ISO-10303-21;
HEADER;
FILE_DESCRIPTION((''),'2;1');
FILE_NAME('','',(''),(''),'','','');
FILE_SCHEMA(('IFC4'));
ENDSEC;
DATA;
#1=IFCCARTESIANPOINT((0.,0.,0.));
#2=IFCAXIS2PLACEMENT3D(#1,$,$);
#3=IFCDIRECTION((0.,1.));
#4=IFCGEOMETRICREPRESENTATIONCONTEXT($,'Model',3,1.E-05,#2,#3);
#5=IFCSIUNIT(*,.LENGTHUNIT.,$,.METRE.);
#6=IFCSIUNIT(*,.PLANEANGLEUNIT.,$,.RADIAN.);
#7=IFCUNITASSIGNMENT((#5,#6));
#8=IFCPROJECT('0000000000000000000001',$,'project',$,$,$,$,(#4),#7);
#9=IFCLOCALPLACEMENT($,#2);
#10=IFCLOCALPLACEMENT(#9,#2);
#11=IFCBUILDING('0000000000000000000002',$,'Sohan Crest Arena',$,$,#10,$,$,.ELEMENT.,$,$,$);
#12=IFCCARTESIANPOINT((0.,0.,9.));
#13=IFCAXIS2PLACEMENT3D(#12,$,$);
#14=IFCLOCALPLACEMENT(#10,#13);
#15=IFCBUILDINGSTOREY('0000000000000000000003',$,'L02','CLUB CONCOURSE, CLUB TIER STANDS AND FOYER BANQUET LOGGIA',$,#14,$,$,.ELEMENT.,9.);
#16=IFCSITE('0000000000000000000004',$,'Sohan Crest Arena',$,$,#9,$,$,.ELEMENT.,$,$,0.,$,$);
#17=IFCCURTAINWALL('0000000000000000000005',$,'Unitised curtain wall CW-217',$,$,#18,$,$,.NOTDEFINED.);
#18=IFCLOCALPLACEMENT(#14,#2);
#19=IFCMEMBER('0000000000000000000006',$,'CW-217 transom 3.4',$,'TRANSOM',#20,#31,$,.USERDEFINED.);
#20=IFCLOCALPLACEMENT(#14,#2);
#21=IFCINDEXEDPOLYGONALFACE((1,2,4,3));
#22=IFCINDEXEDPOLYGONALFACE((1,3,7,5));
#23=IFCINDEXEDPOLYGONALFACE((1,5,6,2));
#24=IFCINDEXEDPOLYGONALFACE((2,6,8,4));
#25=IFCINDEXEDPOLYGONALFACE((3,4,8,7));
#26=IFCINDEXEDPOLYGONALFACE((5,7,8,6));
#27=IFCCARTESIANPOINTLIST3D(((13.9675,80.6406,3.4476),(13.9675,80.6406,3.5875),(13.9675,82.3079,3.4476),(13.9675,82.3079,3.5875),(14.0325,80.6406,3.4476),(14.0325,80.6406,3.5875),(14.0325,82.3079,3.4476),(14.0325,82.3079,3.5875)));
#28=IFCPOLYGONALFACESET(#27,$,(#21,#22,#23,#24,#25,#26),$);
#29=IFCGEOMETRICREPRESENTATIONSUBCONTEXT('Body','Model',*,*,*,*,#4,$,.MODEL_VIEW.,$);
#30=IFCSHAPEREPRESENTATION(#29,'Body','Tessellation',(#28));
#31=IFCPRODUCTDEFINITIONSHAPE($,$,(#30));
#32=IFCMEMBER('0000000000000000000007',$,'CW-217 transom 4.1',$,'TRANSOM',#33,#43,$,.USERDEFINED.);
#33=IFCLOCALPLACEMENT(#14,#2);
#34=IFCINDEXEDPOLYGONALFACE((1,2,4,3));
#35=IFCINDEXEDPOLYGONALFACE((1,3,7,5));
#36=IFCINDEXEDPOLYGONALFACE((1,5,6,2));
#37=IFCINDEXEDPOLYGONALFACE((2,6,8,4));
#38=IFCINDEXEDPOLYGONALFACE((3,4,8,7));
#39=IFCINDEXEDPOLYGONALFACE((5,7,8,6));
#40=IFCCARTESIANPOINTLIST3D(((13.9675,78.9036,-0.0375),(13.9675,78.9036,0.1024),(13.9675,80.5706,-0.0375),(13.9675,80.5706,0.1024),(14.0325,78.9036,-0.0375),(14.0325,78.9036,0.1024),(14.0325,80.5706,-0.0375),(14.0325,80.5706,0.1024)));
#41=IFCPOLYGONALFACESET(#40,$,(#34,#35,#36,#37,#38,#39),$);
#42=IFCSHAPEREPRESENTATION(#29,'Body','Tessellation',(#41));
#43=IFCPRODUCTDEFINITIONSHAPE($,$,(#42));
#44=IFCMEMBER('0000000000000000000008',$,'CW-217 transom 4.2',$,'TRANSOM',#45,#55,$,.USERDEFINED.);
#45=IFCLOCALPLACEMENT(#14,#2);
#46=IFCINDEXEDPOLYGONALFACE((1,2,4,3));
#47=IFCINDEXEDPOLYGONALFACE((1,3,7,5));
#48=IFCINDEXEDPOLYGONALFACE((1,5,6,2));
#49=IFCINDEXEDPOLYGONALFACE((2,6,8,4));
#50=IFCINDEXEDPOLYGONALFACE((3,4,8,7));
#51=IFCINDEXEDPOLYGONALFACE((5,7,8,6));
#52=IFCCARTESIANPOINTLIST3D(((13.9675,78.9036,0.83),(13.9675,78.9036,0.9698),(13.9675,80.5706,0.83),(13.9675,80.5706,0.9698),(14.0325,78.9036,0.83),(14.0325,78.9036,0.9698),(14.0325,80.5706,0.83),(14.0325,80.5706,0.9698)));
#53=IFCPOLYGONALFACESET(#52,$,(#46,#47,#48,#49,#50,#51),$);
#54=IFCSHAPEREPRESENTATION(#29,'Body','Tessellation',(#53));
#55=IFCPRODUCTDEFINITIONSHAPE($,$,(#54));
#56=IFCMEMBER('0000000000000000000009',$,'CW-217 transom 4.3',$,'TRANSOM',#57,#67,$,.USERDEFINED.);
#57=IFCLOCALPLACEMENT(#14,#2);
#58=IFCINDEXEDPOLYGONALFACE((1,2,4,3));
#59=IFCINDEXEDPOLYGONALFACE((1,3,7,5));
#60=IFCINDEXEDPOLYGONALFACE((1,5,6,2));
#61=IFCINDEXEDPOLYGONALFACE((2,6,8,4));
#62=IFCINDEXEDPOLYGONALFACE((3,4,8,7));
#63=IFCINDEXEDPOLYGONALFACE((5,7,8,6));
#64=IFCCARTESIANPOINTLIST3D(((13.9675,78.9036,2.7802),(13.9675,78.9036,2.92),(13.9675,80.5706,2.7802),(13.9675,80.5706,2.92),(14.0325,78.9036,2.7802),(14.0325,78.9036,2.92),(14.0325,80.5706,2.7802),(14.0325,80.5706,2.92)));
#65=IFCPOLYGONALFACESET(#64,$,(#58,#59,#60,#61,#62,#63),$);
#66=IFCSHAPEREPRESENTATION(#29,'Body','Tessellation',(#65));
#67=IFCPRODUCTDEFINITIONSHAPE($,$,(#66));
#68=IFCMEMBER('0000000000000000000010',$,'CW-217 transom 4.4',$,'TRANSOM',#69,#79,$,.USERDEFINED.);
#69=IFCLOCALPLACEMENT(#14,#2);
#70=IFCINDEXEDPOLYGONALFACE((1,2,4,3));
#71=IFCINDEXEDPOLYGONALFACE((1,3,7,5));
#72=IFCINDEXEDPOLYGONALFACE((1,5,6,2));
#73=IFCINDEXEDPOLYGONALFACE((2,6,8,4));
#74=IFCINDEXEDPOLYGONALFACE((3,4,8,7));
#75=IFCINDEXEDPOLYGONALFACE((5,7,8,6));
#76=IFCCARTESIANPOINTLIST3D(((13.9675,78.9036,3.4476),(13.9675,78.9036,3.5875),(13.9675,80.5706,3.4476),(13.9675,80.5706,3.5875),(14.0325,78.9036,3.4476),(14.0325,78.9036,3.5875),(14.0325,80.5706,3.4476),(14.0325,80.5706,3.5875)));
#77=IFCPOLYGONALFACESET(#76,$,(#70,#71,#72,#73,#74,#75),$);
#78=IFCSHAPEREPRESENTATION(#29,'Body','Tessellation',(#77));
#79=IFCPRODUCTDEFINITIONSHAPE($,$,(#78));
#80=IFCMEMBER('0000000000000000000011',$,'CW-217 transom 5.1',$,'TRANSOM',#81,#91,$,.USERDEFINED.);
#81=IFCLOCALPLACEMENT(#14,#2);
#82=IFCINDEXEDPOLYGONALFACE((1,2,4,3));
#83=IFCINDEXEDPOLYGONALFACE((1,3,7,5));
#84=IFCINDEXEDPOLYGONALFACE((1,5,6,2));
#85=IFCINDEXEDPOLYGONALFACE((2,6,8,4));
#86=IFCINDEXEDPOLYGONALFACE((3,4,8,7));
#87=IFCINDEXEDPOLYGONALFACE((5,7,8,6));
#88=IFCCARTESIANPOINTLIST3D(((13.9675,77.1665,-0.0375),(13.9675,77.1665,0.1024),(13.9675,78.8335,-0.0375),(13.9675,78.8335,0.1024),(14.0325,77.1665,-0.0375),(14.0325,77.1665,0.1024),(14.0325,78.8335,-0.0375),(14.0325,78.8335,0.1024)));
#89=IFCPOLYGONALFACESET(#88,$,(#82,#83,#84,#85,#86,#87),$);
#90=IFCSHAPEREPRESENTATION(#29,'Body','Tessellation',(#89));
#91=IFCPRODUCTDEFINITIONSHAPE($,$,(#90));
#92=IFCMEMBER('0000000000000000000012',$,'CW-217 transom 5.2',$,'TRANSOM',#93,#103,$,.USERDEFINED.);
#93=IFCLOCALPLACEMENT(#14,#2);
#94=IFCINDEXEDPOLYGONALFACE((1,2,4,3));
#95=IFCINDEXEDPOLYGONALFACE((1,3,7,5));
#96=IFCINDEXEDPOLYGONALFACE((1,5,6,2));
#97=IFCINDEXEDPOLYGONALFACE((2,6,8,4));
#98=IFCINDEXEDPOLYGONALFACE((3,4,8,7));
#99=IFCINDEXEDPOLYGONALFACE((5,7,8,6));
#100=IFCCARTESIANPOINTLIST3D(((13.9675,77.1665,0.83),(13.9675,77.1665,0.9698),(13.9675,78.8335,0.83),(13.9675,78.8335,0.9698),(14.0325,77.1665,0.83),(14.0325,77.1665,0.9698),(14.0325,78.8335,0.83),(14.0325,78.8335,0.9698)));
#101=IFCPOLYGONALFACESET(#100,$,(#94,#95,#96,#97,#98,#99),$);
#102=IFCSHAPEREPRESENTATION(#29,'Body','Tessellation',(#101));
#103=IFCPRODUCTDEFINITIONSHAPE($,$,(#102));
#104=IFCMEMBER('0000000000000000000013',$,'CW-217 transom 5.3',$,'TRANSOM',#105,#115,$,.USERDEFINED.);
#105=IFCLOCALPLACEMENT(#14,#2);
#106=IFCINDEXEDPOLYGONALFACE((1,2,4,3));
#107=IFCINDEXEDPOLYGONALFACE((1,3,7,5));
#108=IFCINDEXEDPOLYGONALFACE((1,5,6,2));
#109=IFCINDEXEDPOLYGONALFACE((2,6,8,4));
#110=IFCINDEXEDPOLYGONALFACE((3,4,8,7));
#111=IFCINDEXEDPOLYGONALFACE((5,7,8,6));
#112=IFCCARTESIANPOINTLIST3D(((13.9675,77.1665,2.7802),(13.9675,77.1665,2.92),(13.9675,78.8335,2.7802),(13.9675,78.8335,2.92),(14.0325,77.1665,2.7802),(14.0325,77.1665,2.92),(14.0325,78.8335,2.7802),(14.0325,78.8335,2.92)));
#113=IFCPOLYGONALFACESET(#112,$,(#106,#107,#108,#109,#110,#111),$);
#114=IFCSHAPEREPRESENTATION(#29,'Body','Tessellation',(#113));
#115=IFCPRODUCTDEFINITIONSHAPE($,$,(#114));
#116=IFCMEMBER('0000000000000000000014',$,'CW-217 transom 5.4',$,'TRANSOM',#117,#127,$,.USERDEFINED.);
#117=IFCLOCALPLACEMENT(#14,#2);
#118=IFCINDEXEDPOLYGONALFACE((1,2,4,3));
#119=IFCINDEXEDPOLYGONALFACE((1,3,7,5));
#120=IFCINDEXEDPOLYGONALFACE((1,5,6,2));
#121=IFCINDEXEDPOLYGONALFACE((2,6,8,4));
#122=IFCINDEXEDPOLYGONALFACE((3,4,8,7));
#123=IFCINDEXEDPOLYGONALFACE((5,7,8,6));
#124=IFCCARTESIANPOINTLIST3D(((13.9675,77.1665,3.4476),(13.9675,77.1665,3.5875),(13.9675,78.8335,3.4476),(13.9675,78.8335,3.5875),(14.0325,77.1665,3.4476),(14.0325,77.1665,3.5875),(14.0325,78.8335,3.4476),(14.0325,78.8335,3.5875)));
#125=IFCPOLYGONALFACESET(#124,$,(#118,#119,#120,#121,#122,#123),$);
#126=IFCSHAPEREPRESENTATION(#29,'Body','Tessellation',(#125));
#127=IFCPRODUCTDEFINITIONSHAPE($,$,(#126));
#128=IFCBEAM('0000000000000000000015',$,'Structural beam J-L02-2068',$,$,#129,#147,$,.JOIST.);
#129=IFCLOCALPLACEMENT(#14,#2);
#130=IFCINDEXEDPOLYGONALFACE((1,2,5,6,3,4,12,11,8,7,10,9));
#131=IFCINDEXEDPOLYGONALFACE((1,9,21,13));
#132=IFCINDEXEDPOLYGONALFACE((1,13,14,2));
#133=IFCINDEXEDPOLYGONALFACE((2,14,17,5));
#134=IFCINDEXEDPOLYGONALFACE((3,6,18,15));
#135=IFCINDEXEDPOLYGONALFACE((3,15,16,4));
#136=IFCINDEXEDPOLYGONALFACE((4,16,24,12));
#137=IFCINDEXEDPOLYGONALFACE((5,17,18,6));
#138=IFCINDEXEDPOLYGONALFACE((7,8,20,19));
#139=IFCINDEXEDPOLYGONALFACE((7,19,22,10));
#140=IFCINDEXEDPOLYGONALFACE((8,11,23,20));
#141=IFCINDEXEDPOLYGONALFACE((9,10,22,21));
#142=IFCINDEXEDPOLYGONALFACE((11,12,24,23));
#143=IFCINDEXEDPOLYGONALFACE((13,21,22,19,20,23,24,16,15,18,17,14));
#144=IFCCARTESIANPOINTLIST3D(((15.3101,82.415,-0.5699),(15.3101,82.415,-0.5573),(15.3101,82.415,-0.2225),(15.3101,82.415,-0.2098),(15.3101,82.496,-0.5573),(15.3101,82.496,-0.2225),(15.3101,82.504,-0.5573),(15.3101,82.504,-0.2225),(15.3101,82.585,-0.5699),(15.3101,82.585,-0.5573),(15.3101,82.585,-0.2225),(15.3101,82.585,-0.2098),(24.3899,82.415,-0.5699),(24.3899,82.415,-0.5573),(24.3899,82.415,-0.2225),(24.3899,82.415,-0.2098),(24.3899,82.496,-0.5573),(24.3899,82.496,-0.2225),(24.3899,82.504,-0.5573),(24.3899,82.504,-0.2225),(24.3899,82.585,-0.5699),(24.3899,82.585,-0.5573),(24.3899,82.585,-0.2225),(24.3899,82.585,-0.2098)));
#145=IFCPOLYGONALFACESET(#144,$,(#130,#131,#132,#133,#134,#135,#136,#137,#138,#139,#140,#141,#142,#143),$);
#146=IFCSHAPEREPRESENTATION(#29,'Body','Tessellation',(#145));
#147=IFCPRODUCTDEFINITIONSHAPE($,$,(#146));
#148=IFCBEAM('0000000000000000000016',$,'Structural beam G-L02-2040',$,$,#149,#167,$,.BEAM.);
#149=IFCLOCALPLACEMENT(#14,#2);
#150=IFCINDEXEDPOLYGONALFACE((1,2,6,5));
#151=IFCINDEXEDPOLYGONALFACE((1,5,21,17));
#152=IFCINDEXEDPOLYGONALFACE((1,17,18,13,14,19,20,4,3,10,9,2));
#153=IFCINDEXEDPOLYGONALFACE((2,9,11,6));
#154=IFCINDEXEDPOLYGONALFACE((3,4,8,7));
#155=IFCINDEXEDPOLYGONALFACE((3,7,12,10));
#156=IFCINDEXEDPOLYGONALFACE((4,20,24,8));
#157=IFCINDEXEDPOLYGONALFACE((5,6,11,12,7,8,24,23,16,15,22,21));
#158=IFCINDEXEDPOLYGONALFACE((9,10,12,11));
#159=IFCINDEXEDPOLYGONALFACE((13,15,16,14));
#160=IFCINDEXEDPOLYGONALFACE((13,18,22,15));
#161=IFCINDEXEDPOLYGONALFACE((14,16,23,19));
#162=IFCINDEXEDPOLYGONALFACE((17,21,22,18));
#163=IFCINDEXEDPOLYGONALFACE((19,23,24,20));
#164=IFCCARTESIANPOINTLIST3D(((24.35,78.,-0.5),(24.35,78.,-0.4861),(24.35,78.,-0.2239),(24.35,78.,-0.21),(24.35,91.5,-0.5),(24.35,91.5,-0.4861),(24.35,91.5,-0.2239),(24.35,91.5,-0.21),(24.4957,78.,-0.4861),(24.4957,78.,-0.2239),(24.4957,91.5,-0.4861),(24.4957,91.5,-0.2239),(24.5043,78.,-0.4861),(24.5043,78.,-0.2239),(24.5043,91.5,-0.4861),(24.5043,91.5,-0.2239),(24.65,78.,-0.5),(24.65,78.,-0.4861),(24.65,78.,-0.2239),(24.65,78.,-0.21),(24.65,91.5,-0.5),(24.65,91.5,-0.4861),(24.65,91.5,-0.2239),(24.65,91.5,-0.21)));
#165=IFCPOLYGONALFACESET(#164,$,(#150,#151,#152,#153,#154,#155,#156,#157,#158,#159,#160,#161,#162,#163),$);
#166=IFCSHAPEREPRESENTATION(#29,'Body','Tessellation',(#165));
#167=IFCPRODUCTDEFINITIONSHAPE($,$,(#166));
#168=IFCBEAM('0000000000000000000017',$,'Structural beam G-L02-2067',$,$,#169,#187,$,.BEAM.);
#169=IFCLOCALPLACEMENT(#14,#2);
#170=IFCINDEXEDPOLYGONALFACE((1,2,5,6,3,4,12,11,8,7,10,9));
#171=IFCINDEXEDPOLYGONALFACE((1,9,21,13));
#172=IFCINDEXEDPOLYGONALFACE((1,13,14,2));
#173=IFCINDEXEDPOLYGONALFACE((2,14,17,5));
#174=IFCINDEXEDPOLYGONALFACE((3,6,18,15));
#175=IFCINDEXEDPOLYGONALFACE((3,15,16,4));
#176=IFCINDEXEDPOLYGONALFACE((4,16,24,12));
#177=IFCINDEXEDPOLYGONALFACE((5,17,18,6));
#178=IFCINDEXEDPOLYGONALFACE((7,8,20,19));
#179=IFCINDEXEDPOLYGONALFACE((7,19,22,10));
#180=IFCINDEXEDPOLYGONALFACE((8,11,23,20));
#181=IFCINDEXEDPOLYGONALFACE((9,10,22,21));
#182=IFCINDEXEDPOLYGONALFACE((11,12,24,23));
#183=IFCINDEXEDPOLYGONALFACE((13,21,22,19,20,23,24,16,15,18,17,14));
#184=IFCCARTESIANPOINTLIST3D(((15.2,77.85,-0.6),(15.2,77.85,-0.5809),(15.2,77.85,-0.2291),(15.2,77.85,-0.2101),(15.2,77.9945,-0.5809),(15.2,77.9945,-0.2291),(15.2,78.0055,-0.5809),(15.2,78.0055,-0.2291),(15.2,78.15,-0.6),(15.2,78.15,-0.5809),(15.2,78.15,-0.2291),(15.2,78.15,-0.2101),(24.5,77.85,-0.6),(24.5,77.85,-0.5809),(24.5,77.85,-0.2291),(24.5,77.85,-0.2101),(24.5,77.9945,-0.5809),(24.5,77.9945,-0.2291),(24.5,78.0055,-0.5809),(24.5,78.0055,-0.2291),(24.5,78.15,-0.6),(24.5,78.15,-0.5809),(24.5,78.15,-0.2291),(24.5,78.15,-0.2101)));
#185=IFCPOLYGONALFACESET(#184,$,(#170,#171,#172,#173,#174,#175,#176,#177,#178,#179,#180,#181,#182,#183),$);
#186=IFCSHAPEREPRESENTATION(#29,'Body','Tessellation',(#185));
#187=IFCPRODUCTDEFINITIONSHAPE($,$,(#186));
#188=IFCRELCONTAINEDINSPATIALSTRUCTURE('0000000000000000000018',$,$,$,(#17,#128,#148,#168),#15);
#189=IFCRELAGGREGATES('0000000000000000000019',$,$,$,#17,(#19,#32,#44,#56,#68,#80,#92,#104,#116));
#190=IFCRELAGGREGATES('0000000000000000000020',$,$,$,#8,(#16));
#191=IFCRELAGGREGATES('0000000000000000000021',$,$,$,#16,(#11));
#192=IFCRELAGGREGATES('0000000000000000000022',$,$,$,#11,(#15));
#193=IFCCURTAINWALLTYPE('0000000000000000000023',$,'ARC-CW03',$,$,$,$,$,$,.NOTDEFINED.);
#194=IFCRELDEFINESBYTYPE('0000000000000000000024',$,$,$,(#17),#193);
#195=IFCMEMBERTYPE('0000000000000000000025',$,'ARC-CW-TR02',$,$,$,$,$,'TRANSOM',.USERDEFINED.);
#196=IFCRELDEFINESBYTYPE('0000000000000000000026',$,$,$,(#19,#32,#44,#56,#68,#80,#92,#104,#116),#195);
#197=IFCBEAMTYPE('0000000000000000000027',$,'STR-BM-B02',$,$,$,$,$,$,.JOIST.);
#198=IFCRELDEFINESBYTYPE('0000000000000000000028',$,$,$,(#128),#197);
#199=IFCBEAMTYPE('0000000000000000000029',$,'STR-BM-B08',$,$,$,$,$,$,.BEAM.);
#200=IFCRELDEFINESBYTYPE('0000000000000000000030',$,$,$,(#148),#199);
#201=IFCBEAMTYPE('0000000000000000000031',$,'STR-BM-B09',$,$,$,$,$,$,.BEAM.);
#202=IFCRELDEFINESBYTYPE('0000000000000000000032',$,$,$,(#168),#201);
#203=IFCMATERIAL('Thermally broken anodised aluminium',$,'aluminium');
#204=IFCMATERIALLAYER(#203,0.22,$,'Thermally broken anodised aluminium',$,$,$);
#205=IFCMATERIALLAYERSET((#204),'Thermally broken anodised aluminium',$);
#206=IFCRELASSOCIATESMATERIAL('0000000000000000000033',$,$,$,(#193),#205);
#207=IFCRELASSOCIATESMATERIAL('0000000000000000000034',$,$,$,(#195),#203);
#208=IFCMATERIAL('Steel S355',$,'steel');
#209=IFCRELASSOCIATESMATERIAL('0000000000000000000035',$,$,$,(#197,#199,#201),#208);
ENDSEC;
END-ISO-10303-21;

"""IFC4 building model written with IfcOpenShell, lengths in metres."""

from ifc_helpers import new_model, si_unit, direction, frame, origin, origin_2d, place, context, subcontext, project, spatial, rectangle, i_section, extrude, material, layer, layer_set, material_profile, profile_set, type_object, element, aggregate, save


model = new_model("IFC4")

# Units and contexts
model_context = context("Model", 3, precision=1e-05, world=origin(), true_north=direction((0.0, 1.0)))
body_context = subcontext(model_context, "Body", "Model", "MODEL_VIEW")
ifc_project = project(units=[si_unit("LENGTHUNIT", "METRE"), si_unit("PLANEANGLEUNIT", "RADIAN")], contexts=[model_context])

# Site, building, storey
site_placement = place(None, origin())
site = spatial("IfcSite", under=ifc_project, at=site_placement, Name="Sohan Crest Arena", CompositionType="ELEMENT", RefElevation=0.0)
building_placement = place(site_placement, origin())
building = spatial("IfcBuilding", under=site, at=building_placement, Name="Sohan Crest Arena", CompositionType="ELEMENT")
storey_placement = place(building_placement, frame((0.0, 0.0, 9.0)))
storey = spatial("IfcBuildingStorey", under=building, at=storey_placement, Name="L02", Description="CLUB CONCOURSE, CLUB TIER STANDS AND FOYER BANQUET LOGGIA", CompositionType="ELEMENT", Elevation=9.0)

# Curtain wall, members
ifc_material_1 = material(Name="Thermally broken anodised aluminium", Category="aluminium")
ifc_layer_1 = layer(ifc_material_1, 0.22, Name="Thermally broken anodised aluminium")
ifc_layer_set_1 = layer_set([ifc_layer_1], Name="Thermally broken anodised aluminium")
curtain_wall_type = type_object("IfcCurtainWallType", Name="ARC-CW03", PredefinedType="NOTDEFINED", material=ifc_layer_set_1)
curtain_wall_placement = place(storey_placement, origin())
curtain_wall = element("IfcCurtainWall", 1, at=curtain_wall_placement, inside=storey, type_object=curtain_wall_type, Name="Unitised curtain wall CW-217", PredefinedType="NOTDEFINED")
ifc_material_profile_1 = material_profile(ifc_material_1, rectangle(XDim=0.0649, YDim=0.1399, at=origin_2d()), Name="ALU-TRAN 65x140")
ifc_profile_set_1 = profile_set([ifc_material_profile_1], Name="Thermally broken anodised aluminium")
member_type_1 = type_object("IfcMemberType", Name="ARC-CW-TR02", ElementType="TRANSOM", PredefinedType="USERDEFINED", material=ifc_profile_set_1)
member_1_placement = place(storey_placement, frame((14.0, 82.3079, 3.5176), z_axis=(0.0, -1.0, 0.0), x_axis=(1.0, 0.0, 0.0)))
member_1 = element("IfcMember", 2, at=member_1_placement, type_object=member_type_1, Name="CW-217 transom 3.4", ObjectType="TRANSOM", PredefinedType="USERDEFINED", context=body_context, shape_type="SweptSolid", body=[
    extrude(rectangle(XDim=0.0649, YDim=0.1399, at=origin_2d()), origin(), (0.0, 0.0, 1.0), 1.6672),
])
member_2_placement = place(storey_placement, frame((14.0, 80.5706, 0.0325), z_axis=(0.0, -1.0, 0.0), x_axis=(1.0, 0.0, 0.0)))
member_2 = element("IfcMember", 3, at=member_2_placement, type_object=member_type_1, Name="CW-217 transom 4.1", ObjectType="TRANSOM", PredefinedType="USERDEFINED", context=body_context, shape_type="SweptSolid", body=[
    extrude(rectangle(XDim=0.0649, YDim=0.1399, at=origin_2d()), origin(), (0.0, 0.0, 1.0), 1.667),
])
member_3_placement = place(storey_placement, frame((14.0, 80.5706, 0.8999), z_axis=(0.0, -1.0, 0.0), x_axis=(1.0, 0.0, 0.0)))
member_3 = element("IfcMember", 4, at=member_3_placement, type_object=member_type_1, Name="CW-217 transom 4.2", ObjectType="TRANSOM", PredefinedType="USERDEFINED", context=body_context, shape_type="SweptSolid", body=[
    extrude(rectangle(XDim=0.0649, YDim=0.1399, at=origin_2d()), origin(), (0.0, 0.0, 1.0), 1.667),
])
member_4_placement = place(storey_placement, frame((14.0, 80.5706, 2.8501), z_axis=(0.0, -1.0, 0.0), x_axis=(1.0, 0.0, 0.0)))
member_4 = element("IfcMember", 5, at=member_4_placement, type_object=member_type_1, Name="CW-217 transom 4.3", ObjectType="TRANSOM", PredefinedType="USERDEFINED", context=body_context, shape_type="SweptSolid", body=[
    extrude(rectangle(XDim=0.0649, YDim=0.1399, at=origin_2d()), origin(), (0.0, 0.0, 1.0), 1.667),
])
member_5_placement = place(storey_placement, frame((14.0, 80.5706, 3.5176), z_axis=(0.0, -1.0, 0.0), x_axis=(1.0, 0.0, 0.0)))
member_5 = element("IfcMember", 6, at=member_5_placement, type_object=member_type_1, Name="CW-217 transom 4.4", ObjectType="TRANSOM", PredefinedType="USERDEFINED", context=body_context, shape_type="SweptSolid", body=[
    extrude(rectangle(XDim=0.0649, YDim=0.1399, at=origin_2d()), origin(), (0.0, 0.0, 1.0), 1.667),
])
member_6_placement = place(storey_placement, frame((14.0, 78.8335, 0.0325), z_axis=(0.0, -1.0, 0.0), x_axis=(1.0, 0.0, 0.0)))
member_6 = element("IfcMember", 7, at=member_6_placement, type_object=member_type_1, Name="CW-217 transom 5.1", ObjectType="TRANSOM", PredefinedType="USERDEFINED", context=body_context, shape_type="SweptSolid", body=[
    extrude(rectangle(XDim=0.0649, YDim=0.1399, at=origin_2d()), origin(), (0.0, 0.0, 1.0), 1.667),
])
member_7_placement = place(storey_placement, frame((14.0, 78.8335, 0.8999), z_axis=(0.0, -1.0, 0.0), x_axis=(1.0, 0.0, 0.0)))
member_7 = element("IfcMember", 8, at=member_7_placement, type_object=member_type_1, Name="CW-217 transom 5.2", ObjectType="TRANSOM", PredefinedType="USERDEFINED", context=body_context, shape_type="SweptSolid", body=[
    extrude(rectangle(XDim=0.0649, YDim=0.1399, at=origin_2d()), origin(), (0.0, 0.0, 1.0), 1.667),
])
member_8_placement = place(storey_placement, frame((14.0, 78.8335, 2.8501), z_axis=(0.0, -1.0, 0.0), x_axis=(1.0, 0.0, 0.0)))
member_8 = element("IfcMember", 9, at=member_8_placement, type_object=member_type_1, Name="CW-217 transom 5.3", ObjectType="TRANSOM", PredefinedType="USERDEFINED", context=body_context, shape_type="SweptSolid", body=[
    extrude(rectangle(XDim=0.0649, YDim=0.1399, at=origin_2d()), origin(), (0.0, 0.0, 1.0), 1.667),
])
member_9_placement = place(storey_placement, frame((14.0, 78.8335, 3.5176), z_axis=(0.0, -1.0, 0.0), x_axis=(1.0, 0.0, 0.0)))
member_9 = element("IfcMember", 10, at=member_9_placement, type_object=member_type_1, Name="CW-217 transom 5.4", ObjectType="TRANSOM", PredefinedType="USERDEFINED", context=body_context, shape_type="SweptSolid", body=[
    extrude(rectangle(XDim=0.0649, YDim=0.1399, at=origin_2d()), origin(), (0.0, 0.0, 1.0), 1.667),
])

# Beams
ifc_material_2 = material(Name="Steel S355", Category="steel")
ifc_material_profile_2 = material_profile(ifc_material_2, i_section(OverallWidth=0.1699, OverallDepth=0.3601, WebThickness=0.0081, FlangeThickness=0.0127, at=origin_2d()), Name="IPE 360")
ifc_profile_set_2 = profile_set([ifc_material_profile_2], Name="Steel S355")
beam_type_1 = type_object("IfcBeamType", Name="STR-BM-B02", PredefinedType="JOIST", material=ifc_profile_set_2)
beam_1_placement = place(storey_placement, frame((15.3101, 82.5, -0.3899), z_axis=(1.0, 0.0, 0.0), x_axis=(0.0, 1.0, 0.0)))
element("IfcBeam", 11, at=beam_1_placement, inside=storey, type_object=beam_type_1, Name="Structural beam J-L02-2068", PredefinedType="JOIST", context=body_context, shape_type="SweptSolid", body=[
    extrude(i_section(OverallWidth=0.1699, OverallDepth=0.3601, WebThickness=0.0081, FlangeThickness=0.0127, at=origin_2d()), origin(), (0.0, 0.0, 1.0), 9.0798),
])
ifc_material_profile_3 = material_profile(ifc_material_2, i_section(OverallWidth=0.3, OverallDepth=0.29, WebThickness=0.0085, FlangeThickness=0.0139, at=origin_2d()), Name="HEA 300")
ifc_profile_set_3 = profile_set([ifc_material_profile_3], Name="Steel S355")
beam_type_2 = type_object("IfcBeamType", Name="STR-BM-B08", PredefinedType="BEAM", material=ifc_profile_set_3)
beam_2_placement = place(storey_placement, frame((24.5, 78.0, -0.355), z_axis=(0.0, 1.0, 0.0), x_axis=(-1.0, 0.0, 0.0)))
element("IfcBeam", 12, at=beam_2_placement, inside=storey, type_object=beam_type_2, Name="Structural beam G-L02-2040", PredefinedType="BEAM", context=body_context, shape_type="SweptSolid", body=[
    extrude(i_section(OverallWidth=0.3, OverallDepth=0.29, WebThickness=0.0085, FlangeThickness=0.0139, at=origin_2d()), origin(), (0.0, 0.0, 1.0), 13.5),
])
ifc_material_profile_4 = material_profile(ifc_material_2, i_section(OverallWidth=0.3, OverallDepth=0.3899, WebThickness=0.011, FlangeThickness=0.019, at=origin_2d()), Name="HEA 400")
ifc_profile_set_4 = profile_set([ifc_material_profile_4], Name="Steel S355")
beam_type_3 = type_object("IfcBeamType", Name="STR-BM-B09", PredefinedType="BEAM", material=ifc_profile_set_4)
for number, where, z_axis, x_axis, name in (
    (13, (15.2, 78.0, -0.405), (1.0, 0.0, 0.0), (0.0, 1.0, 0.0), "Structural beam G-L02-2067"),
):
    element("IfcBeam", number, at=place(storey_placement, frame(where, z_axis=z_axis, x_axis=x_axis)), inside=storey, type_object=beam_type_3, Name=name, PredefinedType="BEAM", context=body_context, shape_type="SweptSolid", body=[
        extrude(i_section(OverallWidth=0.3, OverallDepth=0.3899, WebThickness=0.011, FlangeThickness=0.019, at=origin_2d()), origin(), (0.0, 0.0, 1.0), 9.3),
    ])

aggregate(curtain_wall, [member_1, member_2, member_3, member_4, member_5, member_6, member_7, member_8, member_9])

save(model, "model.ifc")
